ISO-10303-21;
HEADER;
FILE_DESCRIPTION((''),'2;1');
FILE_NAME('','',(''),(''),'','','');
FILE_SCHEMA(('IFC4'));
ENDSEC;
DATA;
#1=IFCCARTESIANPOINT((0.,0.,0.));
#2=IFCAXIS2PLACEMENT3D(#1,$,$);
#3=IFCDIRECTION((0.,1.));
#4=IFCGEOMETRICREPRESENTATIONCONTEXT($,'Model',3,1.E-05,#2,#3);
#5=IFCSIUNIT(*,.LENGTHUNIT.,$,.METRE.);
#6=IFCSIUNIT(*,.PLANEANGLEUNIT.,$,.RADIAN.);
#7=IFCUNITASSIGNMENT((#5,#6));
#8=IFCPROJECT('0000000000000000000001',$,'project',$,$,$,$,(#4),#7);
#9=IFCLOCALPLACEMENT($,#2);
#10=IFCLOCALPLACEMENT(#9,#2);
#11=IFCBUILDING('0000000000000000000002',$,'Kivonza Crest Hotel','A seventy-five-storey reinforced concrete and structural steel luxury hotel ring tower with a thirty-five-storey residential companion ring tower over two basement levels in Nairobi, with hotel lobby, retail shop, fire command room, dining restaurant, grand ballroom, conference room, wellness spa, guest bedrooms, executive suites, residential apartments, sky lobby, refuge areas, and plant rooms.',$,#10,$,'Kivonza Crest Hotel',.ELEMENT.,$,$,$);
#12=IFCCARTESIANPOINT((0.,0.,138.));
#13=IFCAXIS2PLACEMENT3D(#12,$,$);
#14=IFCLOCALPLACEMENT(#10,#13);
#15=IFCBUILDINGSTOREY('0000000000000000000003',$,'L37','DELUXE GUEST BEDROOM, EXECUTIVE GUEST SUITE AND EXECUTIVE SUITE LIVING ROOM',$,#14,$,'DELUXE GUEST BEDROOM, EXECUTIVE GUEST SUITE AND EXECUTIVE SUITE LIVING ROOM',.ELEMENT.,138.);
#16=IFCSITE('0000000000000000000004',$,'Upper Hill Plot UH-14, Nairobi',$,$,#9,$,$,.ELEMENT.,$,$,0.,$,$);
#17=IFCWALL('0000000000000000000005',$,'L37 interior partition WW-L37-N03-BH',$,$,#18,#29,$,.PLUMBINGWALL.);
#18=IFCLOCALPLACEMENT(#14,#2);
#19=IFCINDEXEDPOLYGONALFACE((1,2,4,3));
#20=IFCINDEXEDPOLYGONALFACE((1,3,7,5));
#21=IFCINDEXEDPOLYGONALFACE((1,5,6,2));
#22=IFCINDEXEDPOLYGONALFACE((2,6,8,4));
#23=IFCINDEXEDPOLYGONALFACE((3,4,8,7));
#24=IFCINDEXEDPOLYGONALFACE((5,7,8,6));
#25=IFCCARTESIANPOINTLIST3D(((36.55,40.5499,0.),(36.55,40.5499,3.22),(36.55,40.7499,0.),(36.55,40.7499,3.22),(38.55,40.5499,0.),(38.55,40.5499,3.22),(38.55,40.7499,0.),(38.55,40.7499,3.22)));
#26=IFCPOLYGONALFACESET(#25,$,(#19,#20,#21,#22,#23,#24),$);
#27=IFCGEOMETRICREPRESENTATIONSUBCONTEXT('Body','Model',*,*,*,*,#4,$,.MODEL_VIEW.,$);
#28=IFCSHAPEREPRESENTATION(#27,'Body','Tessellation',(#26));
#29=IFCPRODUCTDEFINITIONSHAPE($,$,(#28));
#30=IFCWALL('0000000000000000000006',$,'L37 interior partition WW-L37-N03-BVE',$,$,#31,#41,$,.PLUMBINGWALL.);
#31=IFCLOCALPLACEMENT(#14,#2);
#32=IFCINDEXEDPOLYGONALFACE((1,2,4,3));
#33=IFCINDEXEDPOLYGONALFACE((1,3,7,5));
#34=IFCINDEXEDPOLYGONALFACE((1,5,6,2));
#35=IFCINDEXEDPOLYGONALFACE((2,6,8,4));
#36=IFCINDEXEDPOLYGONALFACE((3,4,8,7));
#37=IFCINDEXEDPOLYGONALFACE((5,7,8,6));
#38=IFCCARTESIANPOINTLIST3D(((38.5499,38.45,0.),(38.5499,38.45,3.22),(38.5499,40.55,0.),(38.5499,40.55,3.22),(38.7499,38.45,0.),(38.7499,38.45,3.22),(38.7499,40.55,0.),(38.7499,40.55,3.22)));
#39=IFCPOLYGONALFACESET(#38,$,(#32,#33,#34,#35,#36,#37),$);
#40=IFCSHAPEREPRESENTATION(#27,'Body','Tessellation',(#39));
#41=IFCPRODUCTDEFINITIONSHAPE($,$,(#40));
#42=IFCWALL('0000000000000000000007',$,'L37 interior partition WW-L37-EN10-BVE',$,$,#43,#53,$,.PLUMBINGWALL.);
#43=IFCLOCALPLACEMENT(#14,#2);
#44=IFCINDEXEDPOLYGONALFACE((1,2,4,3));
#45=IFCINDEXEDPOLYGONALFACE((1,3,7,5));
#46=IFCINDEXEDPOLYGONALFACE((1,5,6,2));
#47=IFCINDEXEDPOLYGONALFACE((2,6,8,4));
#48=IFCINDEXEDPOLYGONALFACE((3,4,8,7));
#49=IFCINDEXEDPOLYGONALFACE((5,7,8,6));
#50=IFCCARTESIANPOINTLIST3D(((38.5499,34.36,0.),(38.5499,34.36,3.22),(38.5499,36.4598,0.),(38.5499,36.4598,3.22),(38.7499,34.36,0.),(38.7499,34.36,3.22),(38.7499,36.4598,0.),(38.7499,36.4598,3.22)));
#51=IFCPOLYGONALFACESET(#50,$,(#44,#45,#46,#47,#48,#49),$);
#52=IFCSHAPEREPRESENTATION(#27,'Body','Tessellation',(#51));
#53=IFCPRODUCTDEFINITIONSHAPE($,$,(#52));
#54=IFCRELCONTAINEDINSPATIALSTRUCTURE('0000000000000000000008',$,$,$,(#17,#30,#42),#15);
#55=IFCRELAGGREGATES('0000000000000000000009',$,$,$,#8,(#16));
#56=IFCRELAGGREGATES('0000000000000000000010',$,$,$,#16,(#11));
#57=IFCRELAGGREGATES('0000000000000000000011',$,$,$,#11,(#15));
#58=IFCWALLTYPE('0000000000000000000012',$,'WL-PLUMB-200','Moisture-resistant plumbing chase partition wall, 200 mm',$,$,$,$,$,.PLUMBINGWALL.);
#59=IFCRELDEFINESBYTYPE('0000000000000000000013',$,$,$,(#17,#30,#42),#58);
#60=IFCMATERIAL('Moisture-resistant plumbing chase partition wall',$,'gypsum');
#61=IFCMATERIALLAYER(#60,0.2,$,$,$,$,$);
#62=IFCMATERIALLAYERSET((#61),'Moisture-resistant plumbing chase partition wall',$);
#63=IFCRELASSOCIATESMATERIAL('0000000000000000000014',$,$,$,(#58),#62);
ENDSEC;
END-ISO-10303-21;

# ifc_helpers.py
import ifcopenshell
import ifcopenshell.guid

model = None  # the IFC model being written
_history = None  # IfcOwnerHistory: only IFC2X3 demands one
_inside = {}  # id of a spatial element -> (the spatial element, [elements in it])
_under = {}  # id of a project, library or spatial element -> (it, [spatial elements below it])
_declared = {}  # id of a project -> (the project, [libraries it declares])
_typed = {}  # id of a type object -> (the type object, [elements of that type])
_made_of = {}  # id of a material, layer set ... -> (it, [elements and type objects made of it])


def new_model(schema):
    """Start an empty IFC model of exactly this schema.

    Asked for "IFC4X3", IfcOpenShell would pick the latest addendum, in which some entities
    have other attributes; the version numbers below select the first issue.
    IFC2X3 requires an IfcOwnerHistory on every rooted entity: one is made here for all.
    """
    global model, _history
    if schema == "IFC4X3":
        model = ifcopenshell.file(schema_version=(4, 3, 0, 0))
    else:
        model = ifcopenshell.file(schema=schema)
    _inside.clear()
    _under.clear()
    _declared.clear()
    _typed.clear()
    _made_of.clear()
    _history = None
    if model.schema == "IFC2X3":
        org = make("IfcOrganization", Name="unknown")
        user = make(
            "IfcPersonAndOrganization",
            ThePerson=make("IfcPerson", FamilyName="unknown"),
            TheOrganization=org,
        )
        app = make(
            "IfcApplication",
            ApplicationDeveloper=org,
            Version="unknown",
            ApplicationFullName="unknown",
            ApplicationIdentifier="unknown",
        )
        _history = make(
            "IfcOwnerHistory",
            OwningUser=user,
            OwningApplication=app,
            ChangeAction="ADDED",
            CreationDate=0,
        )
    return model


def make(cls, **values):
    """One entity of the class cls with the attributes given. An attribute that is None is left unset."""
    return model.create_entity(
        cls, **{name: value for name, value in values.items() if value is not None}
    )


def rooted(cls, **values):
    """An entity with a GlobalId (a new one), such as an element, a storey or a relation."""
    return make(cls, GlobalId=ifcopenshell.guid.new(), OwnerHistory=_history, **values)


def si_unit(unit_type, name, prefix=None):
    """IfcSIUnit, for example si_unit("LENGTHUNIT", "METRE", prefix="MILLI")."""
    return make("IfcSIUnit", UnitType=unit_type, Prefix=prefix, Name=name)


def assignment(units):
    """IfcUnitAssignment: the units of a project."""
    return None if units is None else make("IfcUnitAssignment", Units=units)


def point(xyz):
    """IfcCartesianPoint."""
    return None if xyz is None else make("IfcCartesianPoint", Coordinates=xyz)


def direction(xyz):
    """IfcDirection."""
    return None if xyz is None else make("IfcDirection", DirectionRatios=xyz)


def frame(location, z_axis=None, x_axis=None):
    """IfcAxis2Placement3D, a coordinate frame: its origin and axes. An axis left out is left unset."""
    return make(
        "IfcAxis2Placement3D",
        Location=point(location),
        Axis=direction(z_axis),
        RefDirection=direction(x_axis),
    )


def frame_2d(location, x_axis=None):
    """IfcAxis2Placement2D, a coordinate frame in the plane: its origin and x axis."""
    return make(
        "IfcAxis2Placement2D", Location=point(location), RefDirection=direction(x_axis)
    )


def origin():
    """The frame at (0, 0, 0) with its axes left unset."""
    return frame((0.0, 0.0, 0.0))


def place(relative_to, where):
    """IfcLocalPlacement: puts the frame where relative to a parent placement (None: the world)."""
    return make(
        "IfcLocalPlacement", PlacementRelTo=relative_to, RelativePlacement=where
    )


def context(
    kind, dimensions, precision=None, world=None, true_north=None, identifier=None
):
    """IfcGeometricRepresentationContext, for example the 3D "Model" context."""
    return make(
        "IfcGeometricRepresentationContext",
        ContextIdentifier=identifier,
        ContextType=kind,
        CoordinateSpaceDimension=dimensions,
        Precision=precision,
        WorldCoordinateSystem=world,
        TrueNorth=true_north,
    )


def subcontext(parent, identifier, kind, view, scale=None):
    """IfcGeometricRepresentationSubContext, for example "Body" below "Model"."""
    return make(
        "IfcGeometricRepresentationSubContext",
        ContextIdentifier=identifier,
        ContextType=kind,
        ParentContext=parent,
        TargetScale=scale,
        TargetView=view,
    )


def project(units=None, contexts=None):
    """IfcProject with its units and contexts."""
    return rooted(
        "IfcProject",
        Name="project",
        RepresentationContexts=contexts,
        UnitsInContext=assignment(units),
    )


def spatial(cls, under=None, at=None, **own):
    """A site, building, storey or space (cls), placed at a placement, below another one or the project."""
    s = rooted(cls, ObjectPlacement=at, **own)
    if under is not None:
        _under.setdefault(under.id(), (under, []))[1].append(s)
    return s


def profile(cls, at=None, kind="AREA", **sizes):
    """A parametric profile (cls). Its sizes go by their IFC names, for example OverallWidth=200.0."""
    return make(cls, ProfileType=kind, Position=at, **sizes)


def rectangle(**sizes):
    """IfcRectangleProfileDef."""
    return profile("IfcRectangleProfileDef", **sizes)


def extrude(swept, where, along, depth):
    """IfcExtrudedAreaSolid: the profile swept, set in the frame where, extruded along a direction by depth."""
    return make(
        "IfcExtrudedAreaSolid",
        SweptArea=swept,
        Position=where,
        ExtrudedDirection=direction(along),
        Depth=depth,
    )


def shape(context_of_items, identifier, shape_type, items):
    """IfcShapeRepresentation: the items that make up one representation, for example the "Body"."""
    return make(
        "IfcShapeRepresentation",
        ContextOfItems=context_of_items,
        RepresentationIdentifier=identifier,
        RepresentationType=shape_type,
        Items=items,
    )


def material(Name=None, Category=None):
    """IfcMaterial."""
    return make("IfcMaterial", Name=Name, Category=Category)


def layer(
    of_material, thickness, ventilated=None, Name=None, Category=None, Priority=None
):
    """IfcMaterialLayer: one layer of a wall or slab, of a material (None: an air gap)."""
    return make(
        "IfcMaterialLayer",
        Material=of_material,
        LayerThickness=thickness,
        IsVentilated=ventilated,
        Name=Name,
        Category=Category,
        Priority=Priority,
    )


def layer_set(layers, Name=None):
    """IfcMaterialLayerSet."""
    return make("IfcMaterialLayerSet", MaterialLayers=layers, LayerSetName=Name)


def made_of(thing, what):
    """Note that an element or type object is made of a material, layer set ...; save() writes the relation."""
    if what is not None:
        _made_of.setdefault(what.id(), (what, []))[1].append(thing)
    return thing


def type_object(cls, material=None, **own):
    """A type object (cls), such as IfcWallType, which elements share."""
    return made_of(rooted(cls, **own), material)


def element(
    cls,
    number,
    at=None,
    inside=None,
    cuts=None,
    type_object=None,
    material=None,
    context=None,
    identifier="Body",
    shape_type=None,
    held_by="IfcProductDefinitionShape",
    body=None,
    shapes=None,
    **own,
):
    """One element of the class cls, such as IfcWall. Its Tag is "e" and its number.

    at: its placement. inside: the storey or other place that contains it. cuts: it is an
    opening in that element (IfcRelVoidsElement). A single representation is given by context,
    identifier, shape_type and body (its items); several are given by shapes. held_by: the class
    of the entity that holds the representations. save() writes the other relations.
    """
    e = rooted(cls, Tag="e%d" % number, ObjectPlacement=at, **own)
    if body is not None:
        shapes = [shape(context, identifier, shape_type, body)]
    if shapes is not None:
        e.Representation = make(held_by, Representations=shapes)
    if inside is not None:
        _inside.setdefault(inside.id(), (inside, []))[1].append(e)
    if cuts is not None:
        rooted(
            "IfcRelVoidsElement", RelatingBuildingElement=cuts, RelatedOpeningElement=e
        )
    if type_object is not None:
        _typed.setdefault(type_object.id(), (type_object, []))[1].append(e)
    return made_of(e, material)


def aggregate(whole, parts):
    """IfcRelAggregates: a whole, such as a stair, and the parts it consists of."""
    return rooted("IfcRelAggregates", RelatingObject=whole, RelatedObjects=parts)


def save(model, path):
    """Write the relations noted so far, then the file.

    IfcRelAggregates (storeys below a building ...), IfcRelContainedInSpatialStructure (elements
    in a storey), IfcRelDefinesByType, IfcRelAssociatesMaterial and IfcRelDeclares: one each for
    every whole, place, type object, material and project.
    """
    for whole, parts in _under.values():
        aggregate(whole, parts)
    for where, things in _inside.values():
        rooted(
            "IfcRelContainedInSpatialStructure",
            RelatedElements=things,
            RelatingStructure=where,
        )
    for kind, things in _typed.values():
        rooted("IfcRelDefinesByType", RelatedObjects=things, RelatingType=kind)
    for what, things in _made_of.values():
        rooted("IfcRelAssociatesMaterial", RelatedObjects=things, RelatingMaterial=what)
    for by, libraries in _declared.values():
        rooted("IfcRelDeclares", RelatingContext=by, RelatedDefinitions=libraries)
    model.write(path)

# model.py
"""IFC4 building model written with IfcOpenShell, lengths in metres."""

from ifc_helpers import new_model, si_unit, direction, frame, frame_2d, origin, place, context, subcontext, project, spatial, rectangle, extrude, material, layer, layer_set, type_object, element, save


model = new_model("IFC4")

# Units and contexts
model_context = context("Model", 3, precision=1e-05, world=origin(), true_north=direction((0.0, 1.0)))
body_context = subcontext(model_context, "Body", "Model", "MODEL_VIEW")
ifc_project = project(units=[si_unit("LENGTHUNIT", "METRE"), si_unit("PLANEANGLEUNIT", "RADIAN")], contexts=[model_context])

# Site, building, storey
site_placement = place(None, origin())
site = spatial("IfcSite", under=ifc_project, at=site_placement, Name="Upper Hill Plot UH-14, Nairobi", CompositionType="ELEMENT", RefElevation=0.0)
building_placement = place(site_placement, origin())
building = spatial("IfcBuilding", under=site, at=building_placement, Name="Kivonza Crest Hotel", Description="A seventy-five-storey reinforced concrete and structural steel luxury hotel ring tower with a thirty-five-storey residential companion ring tower over two basement levels in Nairobi, with hotel lobby, retail shop, fire command room, dining restaurant, grand ballroom, conference room, wellness spa, guest bedrooms, executive suites, residential apartments, sky lobby, refuge areas, and plant rooms.", LongName="Kivonza Crest Hotel", CompositionType="ELEMENT")
storey_placement = place(building_placement, frame((0.0, 0.0, 138.0)))
storey = spatial("IfcBuildingStorey", under=building, at=storey_placement, Name="L37", Description="DELUXE GUEST BEDROOM, EXECUTIVE GUEST SUITE AND EXECUTIVE SUITE LIVING ROOM", LongName="DELUXE GUEST BEDROOM, EXECUTIVE GUEST SUITE AND EXECUTIVE SUITE LIVING ROOM", CompositionType="ELEMENT", Elevation=138.0)

# Shared definitions
ifc_material_1 = material(Name="Moisture-resistant plumbing chase partition wall", Category="gypsum")
ifc_layer_1 = layer(ifc_material_1, 0.2)
ifc_layer_set_1 = layer_set([ifc_layer_1], Name="Moisture-resistant plumbing chase partition wall")
wall_type_1 = type_object("IfcWallType", Name="WL-PLUMB-200", Description="Moisture-resistant plumbing chase partition wall, 200 mm", PredefinedType="PLUMBINGWALL", material=ifc_layer_set_1)

# Walls
wall_1_placement = place(storey_placement, frame((36.55, 40.6499, 0.0), z_axis=(0.0, 0.0, 1.0), x_axis=(1.0, 0.0, 0.0)))
element("IfcWall", 1, at=wall_1_placement, inside=storey, type_object=wall_type_1, Name="L37 interior partition WW-L37-N03-BH", PredefinedType="PLUMBINGWALL", context=body_context, shape_type="SweptSolid", body=[
    extrude(rectangle(XDim=2.0, YDim=0.2, at=frame_2d((1.0, 0.0))), origin(), (0.0, 0.0, 1.0), 3.22),
])
wall_2_placement = place(storey_placement, frame((38.6499, 38.45, 0.0), z_axis=(0.0, 0.0, 1.0), x_axis=(0.0, 1.0, 0.0)))
element("IfcWall", 2, at=wall_2_placement, inside=storey, type_object=wall_type_1, Name="L37 interior partition WW-L37-N03-BVE", PredefinedType="PLUMBINGWALL", context=body_context, shape_type="SweptSolid", body=[
    extrude(rectangle(XDim=2.1001, YDim=0.2, at=frame_2d((1.05, 0.0))), origin(), (0.0, 0.0, 1.0), 3.22),
])
wall_3_placement = place(storey_placement, frame((38.6499, 34.3601, 0.0), z_axis=(0.0, 0.0, 1.0), x_axis=(0.0, 1.0, 0.0)))
element("IfcWall", 3, at=wall_3_placement, inside=storey, type_object=wall_type_1, Name="L37 interior partition WW-L37-EN10-BVE", PredefinedType="PLUMBINGWALL", context=body_context, shape_type="SweptSolid", body=[
    extrude(rectangle(XDim=2.0999, YDim=0.2, at=frame_2d((1.0498, 0.0))), origin(), (0.0, 0.0, 1.0), 3.22),
])

save(model, "model.ifc")
